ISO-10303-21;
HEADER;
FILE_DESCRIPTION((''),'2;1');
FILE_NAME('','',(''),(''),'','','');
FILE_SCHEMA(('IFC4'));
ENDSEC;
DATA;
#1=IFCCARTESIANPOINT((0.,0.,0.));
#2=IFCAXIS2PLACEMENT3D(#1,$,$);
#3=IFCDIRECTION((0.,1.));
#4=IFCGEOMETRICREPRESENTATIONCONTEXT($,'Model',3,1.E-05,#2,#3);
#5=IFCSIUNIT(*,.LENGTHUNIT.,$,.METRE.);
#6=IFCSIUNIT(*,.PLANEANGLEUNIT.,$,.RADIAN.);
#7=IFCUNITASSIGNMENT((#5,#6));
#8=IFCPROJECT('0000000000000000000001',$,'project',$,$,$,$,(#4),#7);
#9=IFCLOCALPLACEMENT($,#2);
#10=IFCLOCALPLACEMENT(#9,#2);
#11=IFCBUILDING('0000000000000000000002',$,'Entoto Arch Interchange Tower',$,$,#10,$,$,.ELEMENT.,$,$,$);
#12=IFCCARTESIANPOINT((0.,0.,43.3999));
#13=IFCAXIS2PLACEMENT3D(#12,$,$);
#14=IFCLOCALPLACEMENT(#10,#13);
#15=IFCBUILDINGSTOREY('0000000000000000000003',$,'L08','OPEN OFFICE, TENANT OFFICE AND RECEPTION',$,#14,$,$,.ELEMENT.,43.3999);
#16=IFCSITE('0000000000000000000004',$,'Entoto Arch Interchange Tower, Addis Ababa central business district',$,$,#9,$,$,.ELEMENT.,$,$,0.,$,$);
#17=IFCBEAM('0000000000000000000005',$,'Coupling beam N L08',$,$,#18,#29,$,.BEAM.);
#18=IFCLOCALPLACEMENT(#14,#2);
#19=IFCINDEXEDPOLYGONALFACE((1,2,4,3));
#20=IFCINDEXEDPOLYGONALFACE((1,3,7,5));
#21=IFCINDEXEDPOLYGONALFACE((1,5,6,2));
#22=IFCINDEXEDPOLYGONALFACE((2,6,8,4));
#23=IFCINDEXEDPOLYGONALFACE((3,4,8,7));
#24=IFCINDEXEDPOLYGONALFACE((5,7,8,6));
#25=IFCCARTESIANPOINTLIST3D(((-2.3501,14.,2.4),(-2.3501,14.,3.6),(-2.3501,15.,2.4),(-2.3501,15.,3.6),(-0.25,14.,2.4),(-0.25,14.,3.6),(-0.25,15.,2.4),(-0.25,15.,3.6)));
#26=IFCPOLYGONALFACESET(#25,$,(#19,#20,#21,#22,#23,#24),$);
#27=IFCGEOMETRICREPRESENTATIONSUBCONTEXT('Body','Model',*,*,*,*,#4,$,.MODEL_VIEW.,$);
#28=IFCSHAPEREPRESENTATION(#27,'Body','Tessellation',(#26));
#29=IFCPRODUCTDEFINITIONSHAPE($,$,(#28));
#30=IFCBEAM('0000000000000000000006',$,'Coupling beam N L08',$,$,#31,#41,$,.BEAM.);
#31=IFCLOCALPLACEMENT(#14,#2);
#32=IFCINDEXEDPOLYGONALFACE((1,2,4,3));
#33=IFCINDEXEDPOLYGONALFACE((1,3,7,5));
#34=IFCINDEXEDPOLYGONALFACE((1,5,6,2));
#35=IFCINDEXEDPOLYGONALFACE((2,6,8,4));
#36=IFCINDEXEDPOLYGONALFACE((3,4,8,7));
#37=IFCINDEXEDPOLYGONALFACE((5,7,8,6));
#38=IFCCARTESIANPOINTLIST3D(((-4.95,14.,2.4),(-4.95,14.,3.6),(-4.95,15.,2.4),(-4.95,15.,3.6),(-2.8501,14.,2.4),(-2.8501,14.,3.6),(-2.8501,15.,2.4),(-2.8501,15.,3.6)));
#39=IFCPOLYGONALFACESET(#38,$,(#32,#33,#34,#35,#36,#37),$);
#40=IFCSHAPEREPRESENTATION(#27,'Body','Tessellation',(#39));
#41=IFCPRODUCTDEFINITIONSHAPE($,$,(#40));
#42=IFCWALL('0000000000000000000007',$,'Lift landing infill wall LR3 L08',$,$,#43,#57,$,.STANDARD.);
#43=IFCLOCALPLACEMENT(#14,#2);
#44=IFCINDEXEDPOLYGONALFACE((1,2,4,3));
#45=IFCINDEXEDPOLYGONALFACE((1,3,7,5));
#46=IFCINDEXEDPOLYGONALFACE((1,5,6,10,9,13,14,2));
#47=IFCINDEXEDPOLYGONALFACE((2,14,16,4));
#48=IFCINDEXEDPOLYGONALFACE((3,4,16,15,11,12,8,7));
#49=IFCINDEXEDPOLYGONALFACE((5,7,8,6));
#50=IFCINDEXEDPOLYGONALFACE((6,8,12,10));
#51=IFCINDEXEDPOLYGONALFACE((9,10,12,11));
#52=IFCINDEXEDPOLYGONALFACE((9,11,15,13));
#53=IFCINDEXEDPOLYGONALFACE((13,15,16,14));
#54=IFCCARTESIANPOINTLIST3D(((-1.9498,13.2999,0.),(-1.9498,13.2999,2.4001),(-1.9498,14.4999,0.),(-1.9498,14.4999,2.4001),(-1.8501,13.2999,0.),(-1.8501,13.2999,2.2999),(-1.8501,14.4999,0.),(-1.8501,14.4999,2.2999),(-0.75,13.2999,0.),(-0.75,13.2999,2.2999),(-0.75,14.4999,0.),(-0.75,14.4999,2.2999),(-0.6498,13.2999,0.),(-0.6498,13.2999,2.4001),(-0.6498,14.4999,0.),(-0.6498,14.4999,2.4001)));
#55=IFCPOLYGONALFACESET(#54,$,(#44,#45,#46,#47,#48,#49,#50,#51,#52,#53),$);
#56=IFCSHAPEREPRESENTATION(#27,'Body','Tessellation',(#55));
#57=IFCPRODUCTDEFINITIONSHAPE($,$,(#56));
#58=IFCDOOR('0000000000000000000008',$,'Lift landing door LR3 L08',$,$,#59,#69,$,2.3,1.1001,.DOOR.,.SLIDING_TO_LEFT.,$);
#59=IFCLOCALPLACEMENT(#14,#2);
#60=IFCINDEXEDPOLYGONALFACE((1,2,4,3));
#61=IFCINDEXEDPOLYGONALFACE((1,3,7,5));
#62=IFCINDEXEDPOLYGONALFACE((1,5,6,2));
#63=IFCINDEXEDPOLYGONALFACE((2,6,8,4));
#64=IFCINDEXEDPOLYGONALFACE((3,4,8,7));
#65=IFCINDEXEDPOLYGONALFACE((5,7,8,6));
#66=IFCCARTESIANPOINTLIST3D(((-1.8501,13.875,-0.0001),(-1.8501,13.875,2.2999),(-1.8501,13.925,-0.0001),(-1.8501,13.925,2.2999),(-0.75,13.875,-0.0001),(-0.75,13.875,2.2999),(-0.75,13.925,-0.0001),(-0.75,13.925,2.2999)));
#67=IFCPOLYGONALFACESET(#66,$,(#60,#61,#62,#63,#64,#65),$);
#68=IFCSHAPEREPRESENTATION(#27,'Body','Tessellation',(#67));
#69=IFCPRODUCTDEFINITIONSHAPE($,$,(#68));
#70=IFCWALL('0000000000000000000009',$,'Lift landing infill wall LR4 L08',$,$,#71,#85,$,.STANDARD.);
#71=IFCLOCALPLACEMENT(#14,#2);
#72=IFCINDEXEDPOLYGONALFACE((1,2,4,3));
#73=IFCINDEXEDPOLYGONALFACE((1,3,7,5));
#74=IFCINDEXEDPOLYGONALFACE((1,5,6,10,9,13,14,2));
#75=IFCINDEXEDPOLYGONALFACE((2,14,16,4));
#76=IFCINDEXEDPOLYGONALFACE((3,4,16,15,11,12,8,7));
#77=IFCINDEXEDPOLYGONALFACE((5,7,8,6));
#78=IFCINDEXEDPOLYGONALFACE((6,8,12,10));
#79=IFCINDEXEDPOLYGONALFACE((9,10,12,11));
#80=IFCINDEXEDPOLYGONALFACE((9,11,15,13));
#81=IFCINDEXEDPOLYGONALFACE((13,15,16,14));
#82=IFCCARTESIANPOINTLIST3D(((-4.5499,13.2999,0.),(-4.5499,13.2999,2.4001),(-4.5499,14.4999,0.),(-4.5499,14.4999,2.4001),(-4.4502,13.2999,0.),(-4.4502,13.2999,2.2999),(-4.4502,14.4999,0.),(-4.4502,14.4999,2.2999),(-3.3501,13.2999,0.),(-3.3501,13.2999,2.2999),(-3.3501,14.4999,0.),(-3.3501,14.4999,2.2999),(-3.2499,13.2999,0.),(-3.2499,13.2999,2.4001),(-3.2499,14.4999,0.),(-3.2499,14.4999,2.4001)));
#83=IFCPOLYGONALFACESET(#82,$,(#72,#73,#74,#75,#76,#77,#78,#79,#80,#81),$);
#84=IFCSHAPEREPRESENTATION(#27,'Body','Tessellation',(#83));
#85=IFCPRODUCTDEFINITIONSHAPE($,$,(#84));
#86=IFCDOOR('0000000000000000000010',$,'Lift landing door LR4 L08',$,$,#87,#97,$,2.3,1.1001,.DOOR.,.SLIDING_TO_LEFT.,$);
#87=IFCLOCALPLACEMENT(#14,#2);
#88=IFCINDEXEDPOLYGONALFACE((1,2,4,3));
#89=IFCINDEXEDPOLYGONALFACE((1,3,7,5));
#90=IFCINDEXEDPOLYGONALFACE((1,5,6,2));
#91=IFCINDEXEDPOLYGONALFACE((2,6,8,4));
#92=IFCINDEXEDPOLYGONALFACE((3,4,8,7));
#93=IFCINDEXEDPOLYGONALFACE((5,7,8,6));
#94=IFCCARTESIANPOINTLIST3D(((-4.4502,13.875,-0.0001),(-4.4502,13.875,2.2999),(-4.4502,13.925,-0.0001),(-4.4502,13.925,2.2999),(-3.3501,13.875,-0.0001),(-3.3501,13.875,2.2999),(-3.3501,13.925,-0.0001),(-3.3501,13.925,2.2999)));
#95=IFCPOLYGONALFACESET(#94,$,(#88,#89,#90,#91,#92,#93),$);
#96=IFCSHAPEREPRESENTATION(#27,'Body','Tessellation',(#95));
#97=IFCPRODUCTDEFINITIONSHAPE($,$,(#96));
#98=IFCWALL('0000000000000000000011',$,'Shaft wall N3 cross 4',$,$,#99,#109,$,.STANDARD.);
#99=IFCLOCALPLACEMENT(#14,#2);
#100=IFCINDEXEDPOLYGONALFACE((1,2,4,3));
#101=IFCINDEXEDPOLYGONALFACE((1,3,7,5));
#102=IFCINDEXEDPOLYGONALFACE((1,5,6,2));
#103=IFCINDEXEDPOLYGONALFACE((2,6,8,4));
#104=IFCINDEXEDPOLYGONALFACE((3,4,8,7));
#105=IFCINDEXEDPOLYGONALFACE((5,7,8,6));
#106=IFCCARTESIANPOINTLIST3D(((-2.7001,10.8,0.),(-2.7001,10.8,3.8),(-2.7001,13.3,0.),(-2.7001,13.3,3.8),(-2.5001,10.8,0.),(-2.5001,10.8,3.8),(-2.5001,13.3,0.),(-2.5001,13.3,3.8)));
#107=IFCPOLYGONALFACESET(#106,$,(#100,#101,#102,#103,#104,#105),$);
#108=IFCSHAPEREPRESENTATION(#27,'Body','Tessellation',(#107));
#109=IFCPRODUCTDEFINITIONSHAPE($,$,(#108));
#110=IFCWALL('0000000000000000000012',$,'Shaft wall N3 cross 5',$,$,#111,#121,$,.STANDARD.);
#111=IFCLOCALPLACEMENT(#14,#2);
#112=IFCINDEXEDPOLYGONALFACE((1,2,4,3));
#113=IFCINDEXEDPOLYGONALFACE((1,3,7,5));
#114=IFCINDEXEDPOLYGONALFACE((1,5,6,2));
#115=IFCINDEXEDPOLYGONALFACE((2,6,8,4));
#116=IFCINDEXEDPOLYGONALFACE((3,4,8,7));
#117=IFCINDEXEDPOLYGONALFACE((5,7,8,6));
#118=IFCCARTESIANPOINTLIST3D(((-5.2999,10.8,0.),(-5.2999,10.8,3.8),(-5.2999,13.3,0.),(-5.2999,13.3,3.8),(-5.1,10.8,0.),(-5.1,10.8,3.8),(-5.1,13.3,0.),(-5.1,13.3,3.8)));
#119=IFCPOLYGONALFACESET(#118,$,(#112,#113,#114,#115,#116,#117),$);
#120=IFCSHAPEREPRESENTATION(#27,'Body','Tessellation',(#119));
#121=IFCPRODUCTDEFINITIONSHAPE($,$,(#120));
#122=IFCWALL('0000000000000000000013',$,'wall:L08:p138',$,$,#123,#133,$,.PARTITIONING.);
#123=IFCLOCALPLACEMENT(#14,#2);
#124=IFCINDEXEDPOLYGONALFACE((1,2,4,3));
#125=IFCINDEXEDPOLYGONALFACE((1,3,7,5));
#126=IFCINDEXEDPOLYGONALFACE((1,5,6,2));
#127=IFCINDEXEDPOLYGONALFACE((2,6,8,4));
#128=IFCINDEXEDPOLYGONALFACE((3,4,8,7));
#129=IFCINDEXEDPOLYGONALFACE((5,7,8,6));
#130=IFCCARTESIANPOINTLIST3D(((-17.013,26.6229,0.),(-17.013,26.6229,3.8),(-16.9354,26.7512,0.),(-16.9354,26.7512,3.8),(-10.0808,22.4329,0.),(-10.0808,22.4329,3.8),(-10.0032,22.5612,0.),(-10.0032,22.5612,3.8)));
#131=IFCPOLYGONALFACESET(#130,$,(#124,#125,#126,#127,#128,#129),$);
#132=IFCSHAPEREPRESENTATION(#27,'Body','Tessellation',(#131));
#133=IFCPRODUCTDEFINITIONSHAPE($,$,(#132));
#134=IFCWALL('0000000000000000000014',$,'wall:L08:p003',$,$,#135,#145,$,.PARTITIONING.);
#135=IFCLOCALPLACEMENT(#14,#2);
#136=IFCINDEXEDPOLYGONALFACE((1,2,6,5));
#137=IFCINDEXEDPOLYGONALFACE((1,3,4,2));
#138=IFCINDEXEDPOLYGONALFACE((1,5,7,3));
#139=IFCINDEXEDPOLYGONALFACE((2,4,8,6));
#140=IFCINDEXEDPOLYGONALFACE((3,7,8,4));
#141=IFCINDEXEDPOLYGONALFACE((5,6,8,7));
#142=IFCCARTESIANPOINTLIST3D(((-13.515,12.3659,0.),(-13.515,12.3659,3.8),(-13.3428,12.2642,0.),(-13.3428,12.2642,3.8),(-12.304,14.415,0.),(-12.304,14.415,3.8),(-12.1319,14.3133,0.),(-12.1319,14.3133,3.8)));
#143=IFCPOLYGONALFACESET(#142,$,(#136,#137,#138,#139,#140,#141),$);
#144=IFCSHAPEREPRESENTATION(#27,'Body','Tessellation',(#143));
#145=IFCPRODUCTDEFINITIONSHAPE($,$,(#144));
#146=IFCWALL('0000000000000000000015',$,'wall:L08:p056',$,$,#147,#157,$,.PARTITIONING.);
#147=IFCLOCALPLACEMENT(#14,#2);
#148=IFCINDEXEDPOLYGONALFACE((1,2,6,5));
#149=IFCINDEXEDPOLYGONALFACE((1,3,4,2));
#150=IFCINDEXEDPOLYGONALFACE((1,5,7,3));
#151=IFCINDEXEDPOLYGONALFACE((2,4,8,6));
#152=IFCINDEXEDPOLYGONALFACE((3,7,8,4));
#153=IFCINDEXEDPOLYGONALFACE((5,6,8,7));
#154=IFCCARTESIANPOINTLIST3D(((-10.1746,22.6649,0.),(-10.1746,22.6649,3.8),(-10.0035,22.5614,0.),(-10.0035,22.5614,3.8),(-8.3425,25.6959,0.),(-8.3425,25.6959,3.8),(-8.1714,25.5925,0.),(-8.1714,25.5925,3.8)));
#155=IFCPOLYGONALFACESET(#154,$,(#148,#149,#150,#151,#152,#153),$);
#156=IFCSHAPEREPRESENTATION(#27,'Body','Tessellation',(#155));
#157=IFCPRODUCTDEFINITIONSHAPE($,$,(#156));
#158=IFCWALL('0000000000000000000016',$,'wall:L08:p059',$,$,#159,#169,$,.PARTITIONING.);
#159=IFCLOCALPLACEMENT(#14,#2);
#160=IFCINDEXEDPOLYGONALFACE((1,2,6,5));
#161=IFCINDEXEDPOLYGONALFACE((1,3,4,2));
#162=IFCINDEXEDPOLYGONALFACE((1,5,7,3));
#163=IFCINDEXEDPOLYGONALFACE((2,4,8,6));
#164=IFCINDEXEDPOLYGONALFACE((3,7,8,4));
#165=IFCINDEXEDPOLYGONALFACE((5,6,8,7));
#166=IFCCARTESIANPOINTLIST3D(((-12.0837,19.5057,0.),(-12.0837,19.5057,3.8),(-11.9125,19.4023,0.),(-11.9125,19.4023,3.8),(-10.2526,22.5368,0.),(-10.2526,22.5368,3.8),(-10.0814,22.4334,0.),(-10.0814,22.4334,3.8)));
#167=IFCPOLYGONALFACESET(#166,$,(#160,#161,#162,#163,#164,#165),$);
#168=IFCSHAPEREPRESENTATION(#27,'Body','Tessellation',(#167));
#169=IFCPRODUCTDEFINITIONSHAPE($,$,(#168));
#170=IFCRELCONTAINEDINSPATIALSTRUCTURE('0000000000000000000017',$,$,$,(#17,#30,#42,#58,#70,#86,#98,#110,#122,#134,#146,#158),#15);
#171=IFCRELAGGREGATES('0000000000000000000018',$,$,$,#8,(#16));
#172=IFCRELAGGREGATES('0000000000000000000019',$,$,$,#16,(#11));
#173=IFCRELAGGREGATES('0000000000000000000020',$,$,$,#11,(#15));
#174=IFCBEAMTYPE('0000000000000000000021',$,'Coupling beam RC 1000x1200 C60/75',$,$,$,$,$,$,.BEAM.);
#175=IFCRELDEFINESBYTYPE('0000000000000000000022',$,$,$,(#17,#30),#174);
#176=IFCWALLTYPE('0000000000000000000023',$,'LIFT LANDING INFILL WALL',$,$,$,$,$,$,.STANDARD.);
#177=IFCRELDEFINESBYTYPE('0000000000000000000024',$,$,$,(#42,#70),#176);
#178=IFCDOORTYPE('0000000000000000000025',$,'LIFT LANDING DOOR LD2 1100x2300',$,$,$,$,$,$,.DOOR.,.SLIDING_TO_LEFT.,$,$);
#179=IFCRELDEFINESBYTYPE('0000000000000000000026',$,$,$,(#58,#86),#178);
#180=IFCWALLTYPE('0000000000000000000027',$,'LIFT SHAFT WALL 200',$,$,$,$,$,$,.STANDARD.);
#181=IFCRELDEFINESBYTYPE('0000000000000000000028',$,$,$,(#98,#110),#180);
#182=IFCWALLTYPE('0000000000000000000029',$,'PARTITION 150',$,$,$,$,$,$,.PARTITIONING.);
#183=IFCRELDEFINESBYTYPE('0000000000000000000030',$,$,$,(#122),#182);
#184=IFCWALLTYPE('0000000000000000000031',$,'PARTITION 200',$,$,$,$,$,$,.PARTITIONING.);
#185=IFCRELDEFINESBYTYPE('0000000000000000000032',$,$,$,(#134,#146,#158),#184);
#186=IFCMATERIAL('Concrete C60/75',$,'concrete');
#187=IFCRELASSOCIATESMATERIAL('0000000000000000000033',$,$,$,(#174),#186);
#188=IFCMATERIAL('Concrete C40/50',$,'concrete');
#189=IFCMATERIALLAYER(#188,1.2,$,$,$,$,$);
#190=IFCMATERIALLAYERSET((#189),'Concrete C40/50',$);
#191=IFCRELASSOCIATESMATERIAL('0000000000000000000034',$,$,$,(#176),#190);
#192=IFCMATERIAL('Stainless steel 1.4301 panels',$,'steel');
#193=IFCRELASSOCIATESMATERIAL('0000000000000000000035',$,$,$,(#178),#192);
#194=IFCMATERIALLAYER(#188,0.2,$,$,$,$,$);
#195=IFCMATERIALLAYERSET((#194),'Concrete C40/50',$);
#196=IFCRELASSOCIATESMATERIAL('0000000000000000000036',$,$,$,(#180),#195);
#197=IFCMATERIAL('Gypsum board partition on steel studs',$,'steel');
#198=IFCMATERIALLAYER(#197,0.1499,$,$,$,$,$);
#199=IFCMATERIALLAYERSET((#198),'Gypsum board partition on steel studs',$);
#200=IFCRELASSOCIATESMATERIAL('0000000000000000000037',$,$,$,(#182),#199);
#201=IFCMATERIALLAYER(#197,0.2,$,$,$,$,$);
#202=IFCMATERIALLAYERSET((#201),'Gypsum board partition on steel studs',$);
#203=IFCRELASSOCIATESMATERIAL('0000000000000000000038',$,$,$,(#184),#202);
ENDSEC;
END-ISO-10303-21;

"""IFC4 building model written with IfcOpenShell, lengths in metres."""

from ifc_helpers import new_model, si_unit, direction, frame, frame_2d, origin, origin_2d, place, context, subcontext, project, spatial, rectangle, extrude, material, layer, layer_set, material_profile, profile_set, type_object, element, fill, save


model = new_model("IFC4")

# Units and contexts
model_context = context("Model", 3, precision=1e-05, world=origin(), true_north=direction((0.0, 1.0)))
body_context = subcontext(model_context, "Body", "Model", "MODEL_VIEW")
ifc_project = project(units=[si_unit("LENGTHUNIT", "METRE"), si_unit("PLANEANGLEUNIT", "RADIAN")], contexts=[model_context])

# Site, building, storey
site_placement = place(None, origin())
site = spatial("IfcSite", under=ifc_project, at=site_placement, Name="Entoto Arch Interchange Tower, Addis Ababa central business district", CompositionType="ELEMENT", RefElevation=0.0)
building_placement = place(site_placement, origin())
building = spatial("IfcBuilding", under=site, at=building_placement, Name="Entoto Arch Interchange Tower", CompositionType="ELEMENT")
storey_placement = place(building_placement, frame((0.0, 0.0, 43.3999)))
storey = spatial("IfcBuildingStorey", under=building, at=storey_placement, Name="L08", Description="OPEN OFFICE, TENANT OFFICE AND RECEPTION", CompositionType="ELEMENT", Elevation=43.3999)

# Beams
ifc_material_1 = material(Name="Concrete C60/75", Category="concrete")
ifc_material_profile = material_profile(ifc_material_1, rectangle(XDim=1.0, YDim=1.2, at=origin_2d()))
ifc_profile_set = profile_set([ifc_material_profile], Name="Concrete C60/75")
beam_type = type_object("IfcBeamType", Name="Coupling beam RC 1000x1200 C60/75", PredefinedType="BEAM", material=ifc_profile_set)
beam_1_placement = place(storey_placement, frame((-0.25, 14.5, 3.0), z_axis=(-1.0, 0.0, 0.0), x_axis=(0.0, -1.0, 0.0)))
element("IfcBeam", 1, at=beam_1_placement, inside=storey, type_object=beam_type, Name="Coupling beam N L08", PredefinedType="BEAM", context=body_context, shape_type="SweptSolid", body=[
    extrude(rectangle(XDim=1.0, YDim=1.2, at=origin_2d()), origin(), (0.0, 0.0, 1.0), 2.1001),
])
beam_2_placement = place(storey_placement, frame((-2.8501, 14.5, 3.0), z_axis=(-1.0, 0.0, 0.0), x_axis=(0.0, -1.0, 0.0)))
element("IfcBeam", 2, at=beam_2_placement, inside=storey, type_object=beam_type, Name="Coupling beam N L08", PredefinedType="BEAM", context=body_context, shape_type="SweptSolid", body=[
    extrude(rectangle(XDim=1.0, YDim=1.2, at=origin_2d()), origin(), (0.0, 0.0, 1.0), 2.0999),
])

# Walls, openings, doors
ifc_material_2 = material(Name="Concrete C40/50", Category="concrete")
ifc_layer_1 = layer(ifc_material_2, 1.2)
ifc_layer_set_1 = layer_set([ifc_layer_1], Name="Concrete C40/50")
wall_type_1 = type_object("IfcWallType", Name="LIFT LANDING INFILL WALL", PredefinedType="STANDARD", material=ifc_layer_set_1)
wall_1_placement = place(storey_placement, frame((-0.6499, 13.8999, 0.0), z_axis=(0.0, 0.0, 1.0), x_axis=(-1.0, 0.0, 0.0)))
wall_1 = element("IfcWall", 3, at=wall_1_placement, inside=storey, type_object=wall_type_1, Name="Lift landing infill wall LR3 L08", PredefinedType="STANDARD", context=body_context, shape_type="SweptSolid", body=[
    extrude(rectangle(XDim=1.3, YDim=1.2, at=frame_2d((0.6499, 0.0))), origin(), (0.0, 0.0, 1.0), 2.4001),
])
opening_1_placement = place(wall_1_placement, frame((0.1001, 0.0, 0.0)))
opening_1 = element("IfcOpeningElement", 4, at=opening_1_placement, cuts=wall_1, PredefinedType="OPENING", context=body_context, shape_type="SweptSolid", body=[
    extrude(rectangle(XDim=1.1001, YDim=2.3, at=frame_2d((0.55, 1.1499))), frame((0.0, 0.6099, 0.0), z_axis=(0.0, -1.0, 0.0), x_axis=(1.0, 0.0, 0.0)), (0.0, 0.0, 1.0), 1.22),
])
ifc_material_3 = material(Name="Stainless steel 1.4301 panels", Category="steel")
door_type_1 = type_object("IfcDoorType", Name="LIFT LANDING DOOR LD2 1100x2300", OperationType="SLIDING_TO_LEFT", PredefinedType="DOOR", material=ifc_material_3)
door_1_placement = place(opening_1_placement, origin())
door_1 = element("IfcDoor", 5, at=door_1_placement, inside=storey, type_object=door_type_1, Name="Lift landing door LR3 L08", OperationType="SLIDING_TO_LEFT", OverallHeight=2.3, OverallWidth=1.1001, PredefinedType="DOOR", context=body_context, shape_type="SweptSolid", body=[
    extrude(rectangle(XDim=1.1001, YDim=2.3, at=frame_2d((0.55, 1.1499))), frame((0.0, 0.0249, 0.0), z_axis=(0.0, -1.0, 0.0), x_axis=(1.0, 0.0, 0.0)), (0.0, 0.0, 1.0), 0.05),
])
fill(opening_1, door_1)
wall_2_placement = place(storey_placement, frame((-3.25, 13.8999, 0.0), z_axis=(0.0, 0.0, 1.0), x_axis=(-1.0, 0.0, 0.0)))
wall_2 = element("IfcWall", 6, at=wall_2_placement, inside=storey, type_object=wall_type_1, Name="Lift landing infill wall LR4 L08", PredefinedType="STANDARD", context=body_context, shape_type="SweptSolid", body=[
    extrude(rectangle(XDim=1.3, YDim=1.2, at=frame_2d((0.6499, 0.0))), origin(), (0.0, 0.0, 1.0), 2.4001),
])
opening_2_placement = place(wall_2_placement, frame((0.1001, 0.0, 0.0)))
opening_2 = element("IfcOpeningElement", 7, at=opening_2_placement, cuts=wall_2, PredefinedType="OPENING", context=body_context, shape_type="SweptSolid", body=[
    extrude(rectangle(XDim=1.1001, YDim=2.3, at=frame_2d((0.55, 1.1499))), frame((0.0, 0.6099, 0.0), z_axis=(0.0, -1.0, 0.0), x_axis=(1.0, 0.0, 0.0)), (0.0, 0.0, 1.0), 1.22),
])
door_2_placement = place(opening_2_placement, origin())
door_2 = element("IfcDoor", 8, at=door_2_placement, inside=storey, type_object=door_type_1, Name="Lift landing door LR4 L08", OperationType="SLIDING_TO_LEFT", OverallHeight=2.3, OverallWidth=1.1001, PredefinedType="DOOR", context=body_context, shape_type="SweptSolid", body=[
    extrude(rectangle(XDim=1.1001, YDim=2.3, at=frame_2d((0.55, 1.1499))), frame((0.0, 0.0249, 0.0), z_axis=(0.0, -1.0, 0.0), x_axis=(1.0, 0.0, 0.0)), (0.0, 0.0, 1.0), 0.05),
])
fill(opening_2, door_2)

# Walls
ifc_layer_2 = layer(ifc_material_2, 0.2)
ifc_layer_set_2 = layer_set([ifc_layer_2], Name="Concrete C40/50")
wall_type_2 = type_object("IfcWallType", Name="LIFT SHAFT WALL 200", PredefinedType="STANDARD", material=ifc_layer_set_2)
for number, where, z_axis, x_axis, name in (
    (9, (-2.6001, 10.8, 0.0), (0.0, 0.0, 1.0), (0.0, 1.0, 0.0), "Shaft wall N3 cross 4"),
    (10, (-5.2, 10.8, 0.0), (0.0, 0.0, 1.0), (0.0, 1.0, 0.0), "Shaft wall N3 cross 5"),
):
    element("IfcWall", number, at=place(storey_placement, frame(where, z_axis=z_axis, x_axis=x_axis)), inside=storey, type_object=wall_type_2, Name=name, PredefinedType="STANDARD", context=body_context, shape_type="SweptSolid", body=[
        extrude(rectangle(XDim=2.5, YDim=0.2, at=frame_2d((1.25, 0.0))), origin(), (0.0, 0.0, 1.0), 3.8),
    ])
ifc_material_4 = material(Name="Gypsum board partition on steel studs", Category="steel")
ifc_layer_3 = layer(ifc_material_4, 0.1499)
ifc_layer_set_3 = layer_set([ifc_layer_3], Name="Gypsum board partition on steel studs")
wall_type_3 = type_object("IfcWallType", Name="PARTITION 150", PredefinedType="PARTITIONING", material=ifc_layer_set_3)
wall_3_placement = place(storey_placement, frame((-10.042, 22.4971, 0.0), z_axis=(0.0, 0.0, 1.0), x_axis=(-0.855818, 0.517277, 0.0)))
element("IfcWall", 11, at=wall_3_placement, inside=storey, type_object=wall_type_3, Name="wall:L08:p138", PredefinedType="PARTITIONING", context=body_context, shape_type="SweptSolid", body=[
    extrude(rectangle(XDim=8.1001, YDim=0.1499, at=frame_2d((4.05, 0.0))), origin(), (0.0, 0.0, 1.0), 3.8),
])
ifc_layer_4 = layer(ifc_material_4, 0.2)
ifc_layer_set_4 = layer_set([ifc_layer_4], Name="Gypsum board partition on steel studs")
wall_type_4 = type_object("IfcWallType", Name="PARTITION 200", PredefinedType="PARTITIONING", material=ifc_layer_set_4)
wall_4_placement = place(storey_placement, frame((-12.218, 14.364, 0.0), z_axis=(0.0, 0.0, 1.0), x_axis=(-0.508767, -0.860904, 0.0)))
element("IfcWall", 12, at=wall_4_placement, inside=storey, type_object=wall_type_4, Name="wall:L08:p003", PredefinedType="PARTITIONING", context=body_context, shape_type="SweptSolid", body=[
    extrude(rectangle(XDim=2.3801, YDim=0.2, at=frame_2d((1.1899, 0.0))), origin(), (0.0, 0.0, 1.0), 3.8),
])
wall_5_placement = place(storey_placement, frame((-10.0891, 22.613, 0.0), z_axis=(0.0, 0.0, 1.0), x_axis=(0.517281, 0.855816, 0.0)))
element("IfcWall", 13, at=wall_5_placement, inside=storey, type_object=wall_type_4, Name="wall:L08:p056", PredefinedType="PARTITIONING", context=body_context, shape_type="SweptSolid", body=[
    extrude(rectangle(XDim=3.5417, YDim=0.2, at=frame_2d((1.771, 0.0))), origin(), (0.0, 0.0, 1.0), 3.8),
])
wall_6_placement = place(storey_placement, frame((-11.998, 19.4541, 0.0), z_axis=(0.0, 0.0, 1.0), x_axis=(0.517079, 0.855938, 0.0)))
element("IfcWall", 14, at=wall_6_placement, inside=storey, type_object=wall_type_4, Name="wall:L08:p059", PredefinedType="PARTITIONING", context=body_context, shape_type="SweptSolid", body=[
    extrude(rectangle(XDim=3.5413, YDim=0.2, at=frame_2d((1.7705, 0.0))), origin(), (0.0, 0.0, 1.0), 3.8),
])

save(model, "model.ifc")
